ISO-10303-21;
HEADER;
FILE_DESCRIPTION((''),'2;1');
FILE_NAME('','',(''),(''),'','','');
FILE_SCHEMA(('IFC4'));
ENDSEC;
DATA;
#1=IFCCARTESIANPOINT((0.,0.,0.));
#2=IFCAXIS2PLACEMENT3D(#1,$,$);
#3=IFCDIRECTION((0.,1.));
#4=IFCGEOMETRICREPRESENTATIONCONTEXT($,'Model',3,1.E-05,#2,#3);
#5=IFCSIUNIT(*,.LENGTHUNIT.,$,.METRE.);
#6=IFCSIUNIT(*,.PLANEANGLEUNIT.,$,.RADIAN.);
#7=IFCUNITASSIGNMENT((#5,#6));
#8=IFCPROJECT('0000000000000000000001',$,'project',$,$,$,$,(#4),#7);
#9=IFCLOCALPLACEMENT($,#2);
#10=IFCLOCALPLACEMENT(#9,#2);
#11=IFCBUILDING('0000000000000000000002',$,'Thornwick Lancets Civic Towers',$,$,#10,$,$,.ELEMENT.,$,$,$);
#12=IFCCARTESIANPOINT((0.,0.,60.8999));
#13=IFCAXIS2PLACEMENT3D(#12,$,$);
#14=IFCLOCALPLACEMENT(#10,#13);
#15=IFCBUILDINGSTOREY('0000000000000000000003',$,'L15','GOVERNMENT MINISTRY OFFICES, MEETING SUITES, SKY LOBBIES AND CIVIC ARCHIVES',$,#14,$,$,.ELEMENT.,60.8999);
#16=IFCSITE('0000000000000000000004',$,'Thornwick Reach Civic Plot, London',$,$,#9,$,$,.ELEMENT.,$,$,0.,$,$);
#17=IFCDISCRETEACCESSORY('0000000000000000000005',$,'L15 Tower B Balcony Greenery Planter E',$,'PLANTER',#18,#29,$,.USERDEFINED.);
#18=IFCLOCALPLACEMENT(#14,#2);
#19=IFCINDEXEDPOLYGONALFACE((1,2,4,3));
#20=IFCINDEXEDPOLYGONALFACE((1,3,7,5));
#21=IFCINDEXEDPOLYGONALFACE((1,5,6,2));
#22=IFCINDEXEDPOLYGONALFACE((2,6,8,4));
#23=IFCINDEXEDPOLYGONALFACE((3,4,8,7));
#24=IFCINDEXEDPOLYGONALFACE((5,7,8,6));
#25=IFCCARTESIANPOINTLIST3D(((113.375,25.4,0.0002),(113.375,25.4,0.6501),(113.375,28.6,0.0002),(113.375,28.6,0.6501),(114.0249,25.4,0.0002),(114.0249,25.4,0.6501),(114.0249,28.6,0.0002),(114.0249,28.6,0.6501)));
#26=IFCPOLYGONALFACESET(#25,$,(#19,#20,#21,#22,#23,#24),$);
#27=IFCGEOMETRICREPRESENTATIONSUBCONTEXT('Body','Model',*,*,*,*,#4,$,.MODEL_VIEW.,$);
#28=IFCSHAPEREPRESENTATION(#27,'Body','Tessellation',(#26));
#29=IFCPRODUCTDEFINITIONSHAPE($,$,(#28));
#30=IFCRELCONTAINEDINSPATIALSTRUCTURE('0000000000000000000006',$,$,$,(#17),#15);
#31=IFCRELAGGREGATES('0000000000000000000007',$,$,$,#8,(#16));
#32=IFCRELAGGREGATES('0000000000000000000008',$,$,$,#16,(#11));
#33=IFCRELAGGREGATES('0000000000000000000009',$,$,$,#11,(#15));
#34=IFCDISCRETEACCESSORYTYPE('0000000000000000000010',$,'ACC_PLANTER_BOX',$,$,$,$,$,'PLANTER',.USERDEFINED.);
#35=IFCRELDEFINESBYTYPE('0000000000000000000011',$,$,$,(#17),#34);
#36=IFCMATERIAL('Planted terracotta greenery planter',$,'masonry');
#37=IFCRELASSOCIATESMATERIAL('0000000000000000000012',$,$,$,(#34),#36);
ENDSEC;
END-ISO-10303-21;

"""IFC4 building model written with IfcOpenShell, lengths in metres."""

from ifc_helpers import new_model, si_unit, direction, frame, origin, origin_2d, place, context, subcontext, project, spatial, rectangle, extrude, material, type_object, element, save


model = new_model("IFC4")

# Units and contexts
model_context = context("Model", 3, precision=1e-05, world=origin(), true_north=direction((0.0, 1.0)))
body_context = subcontext(model_context, "Body", "Model", "MODEL_VIEW")
ifc_project = project(units=[si_unit("LENGTHUNIT", "METRE"), si_unit("PLANEANGLEUNIT", "RADIAN")], contexts=[model_context])

# Site, building, storey
site_placement = place(None, origin())
site = spatial("IfcSite", under=ifc_project, at=site_placement, Name="Thornwick Reach Civic Plot, London", CompositionType="ELEMENT", RefElevation=0.0)
building_placement = place(site_placement, origin())
building = spatial("IfcBuilding", under=site, at=building_placement, Name="Thornwick Lancets Civic Towers", CompositionType="ELEMENT")
storey_placement = place(building_placement, frame((0.0, 0.0, 60.8999)))
storey = spatial("IfcBuildingStorey", under=building, at=storey_placement, Name="L15", Description="GOVERNMENT MINISTRY OFFICES, MEETING SUITES, SKY LOBBIES AND CIVIC ARCHIVES", CompositionType="ELEMENT", Elevation=60.8999)

# Discrete accessory
ifc_material_1 = material(Name="Planted terracotta greenery planter", Category="masonry")
discrete_accessory_type = type_object("IfcDiscreteAccessoryType", Name="ACC_PLANTER_BOX", ElementType="PLANTER", PredefinedType="USERDEFINED", material=ifc_material_1)
discrete_accessory_placement = place(storey_placement, frame((113.7, 27.0, 0.0002), z_axis=(0.0, 0.0, 1.0), x_axis=(1.0, 0.0, 0.0)))
element("IfcDiscreteAccessory", 1, at=discrete_accessory_placement, inside=storey, type_object=discrete_accessory_type, Name="L15 Tower B Balcony Greenery Planter E", ObjectType="PLANTER", PredefinedType="USERDEFINED", context=body_context, shape_type="SweptSolid", body=[
    extrude(rectangle(XDim=0.6499, YDim=3.2, at=origin_2d()), origin(), (0.0, 0.0, 1.0), 0.6499),
])

save(model, "model.ifc")
